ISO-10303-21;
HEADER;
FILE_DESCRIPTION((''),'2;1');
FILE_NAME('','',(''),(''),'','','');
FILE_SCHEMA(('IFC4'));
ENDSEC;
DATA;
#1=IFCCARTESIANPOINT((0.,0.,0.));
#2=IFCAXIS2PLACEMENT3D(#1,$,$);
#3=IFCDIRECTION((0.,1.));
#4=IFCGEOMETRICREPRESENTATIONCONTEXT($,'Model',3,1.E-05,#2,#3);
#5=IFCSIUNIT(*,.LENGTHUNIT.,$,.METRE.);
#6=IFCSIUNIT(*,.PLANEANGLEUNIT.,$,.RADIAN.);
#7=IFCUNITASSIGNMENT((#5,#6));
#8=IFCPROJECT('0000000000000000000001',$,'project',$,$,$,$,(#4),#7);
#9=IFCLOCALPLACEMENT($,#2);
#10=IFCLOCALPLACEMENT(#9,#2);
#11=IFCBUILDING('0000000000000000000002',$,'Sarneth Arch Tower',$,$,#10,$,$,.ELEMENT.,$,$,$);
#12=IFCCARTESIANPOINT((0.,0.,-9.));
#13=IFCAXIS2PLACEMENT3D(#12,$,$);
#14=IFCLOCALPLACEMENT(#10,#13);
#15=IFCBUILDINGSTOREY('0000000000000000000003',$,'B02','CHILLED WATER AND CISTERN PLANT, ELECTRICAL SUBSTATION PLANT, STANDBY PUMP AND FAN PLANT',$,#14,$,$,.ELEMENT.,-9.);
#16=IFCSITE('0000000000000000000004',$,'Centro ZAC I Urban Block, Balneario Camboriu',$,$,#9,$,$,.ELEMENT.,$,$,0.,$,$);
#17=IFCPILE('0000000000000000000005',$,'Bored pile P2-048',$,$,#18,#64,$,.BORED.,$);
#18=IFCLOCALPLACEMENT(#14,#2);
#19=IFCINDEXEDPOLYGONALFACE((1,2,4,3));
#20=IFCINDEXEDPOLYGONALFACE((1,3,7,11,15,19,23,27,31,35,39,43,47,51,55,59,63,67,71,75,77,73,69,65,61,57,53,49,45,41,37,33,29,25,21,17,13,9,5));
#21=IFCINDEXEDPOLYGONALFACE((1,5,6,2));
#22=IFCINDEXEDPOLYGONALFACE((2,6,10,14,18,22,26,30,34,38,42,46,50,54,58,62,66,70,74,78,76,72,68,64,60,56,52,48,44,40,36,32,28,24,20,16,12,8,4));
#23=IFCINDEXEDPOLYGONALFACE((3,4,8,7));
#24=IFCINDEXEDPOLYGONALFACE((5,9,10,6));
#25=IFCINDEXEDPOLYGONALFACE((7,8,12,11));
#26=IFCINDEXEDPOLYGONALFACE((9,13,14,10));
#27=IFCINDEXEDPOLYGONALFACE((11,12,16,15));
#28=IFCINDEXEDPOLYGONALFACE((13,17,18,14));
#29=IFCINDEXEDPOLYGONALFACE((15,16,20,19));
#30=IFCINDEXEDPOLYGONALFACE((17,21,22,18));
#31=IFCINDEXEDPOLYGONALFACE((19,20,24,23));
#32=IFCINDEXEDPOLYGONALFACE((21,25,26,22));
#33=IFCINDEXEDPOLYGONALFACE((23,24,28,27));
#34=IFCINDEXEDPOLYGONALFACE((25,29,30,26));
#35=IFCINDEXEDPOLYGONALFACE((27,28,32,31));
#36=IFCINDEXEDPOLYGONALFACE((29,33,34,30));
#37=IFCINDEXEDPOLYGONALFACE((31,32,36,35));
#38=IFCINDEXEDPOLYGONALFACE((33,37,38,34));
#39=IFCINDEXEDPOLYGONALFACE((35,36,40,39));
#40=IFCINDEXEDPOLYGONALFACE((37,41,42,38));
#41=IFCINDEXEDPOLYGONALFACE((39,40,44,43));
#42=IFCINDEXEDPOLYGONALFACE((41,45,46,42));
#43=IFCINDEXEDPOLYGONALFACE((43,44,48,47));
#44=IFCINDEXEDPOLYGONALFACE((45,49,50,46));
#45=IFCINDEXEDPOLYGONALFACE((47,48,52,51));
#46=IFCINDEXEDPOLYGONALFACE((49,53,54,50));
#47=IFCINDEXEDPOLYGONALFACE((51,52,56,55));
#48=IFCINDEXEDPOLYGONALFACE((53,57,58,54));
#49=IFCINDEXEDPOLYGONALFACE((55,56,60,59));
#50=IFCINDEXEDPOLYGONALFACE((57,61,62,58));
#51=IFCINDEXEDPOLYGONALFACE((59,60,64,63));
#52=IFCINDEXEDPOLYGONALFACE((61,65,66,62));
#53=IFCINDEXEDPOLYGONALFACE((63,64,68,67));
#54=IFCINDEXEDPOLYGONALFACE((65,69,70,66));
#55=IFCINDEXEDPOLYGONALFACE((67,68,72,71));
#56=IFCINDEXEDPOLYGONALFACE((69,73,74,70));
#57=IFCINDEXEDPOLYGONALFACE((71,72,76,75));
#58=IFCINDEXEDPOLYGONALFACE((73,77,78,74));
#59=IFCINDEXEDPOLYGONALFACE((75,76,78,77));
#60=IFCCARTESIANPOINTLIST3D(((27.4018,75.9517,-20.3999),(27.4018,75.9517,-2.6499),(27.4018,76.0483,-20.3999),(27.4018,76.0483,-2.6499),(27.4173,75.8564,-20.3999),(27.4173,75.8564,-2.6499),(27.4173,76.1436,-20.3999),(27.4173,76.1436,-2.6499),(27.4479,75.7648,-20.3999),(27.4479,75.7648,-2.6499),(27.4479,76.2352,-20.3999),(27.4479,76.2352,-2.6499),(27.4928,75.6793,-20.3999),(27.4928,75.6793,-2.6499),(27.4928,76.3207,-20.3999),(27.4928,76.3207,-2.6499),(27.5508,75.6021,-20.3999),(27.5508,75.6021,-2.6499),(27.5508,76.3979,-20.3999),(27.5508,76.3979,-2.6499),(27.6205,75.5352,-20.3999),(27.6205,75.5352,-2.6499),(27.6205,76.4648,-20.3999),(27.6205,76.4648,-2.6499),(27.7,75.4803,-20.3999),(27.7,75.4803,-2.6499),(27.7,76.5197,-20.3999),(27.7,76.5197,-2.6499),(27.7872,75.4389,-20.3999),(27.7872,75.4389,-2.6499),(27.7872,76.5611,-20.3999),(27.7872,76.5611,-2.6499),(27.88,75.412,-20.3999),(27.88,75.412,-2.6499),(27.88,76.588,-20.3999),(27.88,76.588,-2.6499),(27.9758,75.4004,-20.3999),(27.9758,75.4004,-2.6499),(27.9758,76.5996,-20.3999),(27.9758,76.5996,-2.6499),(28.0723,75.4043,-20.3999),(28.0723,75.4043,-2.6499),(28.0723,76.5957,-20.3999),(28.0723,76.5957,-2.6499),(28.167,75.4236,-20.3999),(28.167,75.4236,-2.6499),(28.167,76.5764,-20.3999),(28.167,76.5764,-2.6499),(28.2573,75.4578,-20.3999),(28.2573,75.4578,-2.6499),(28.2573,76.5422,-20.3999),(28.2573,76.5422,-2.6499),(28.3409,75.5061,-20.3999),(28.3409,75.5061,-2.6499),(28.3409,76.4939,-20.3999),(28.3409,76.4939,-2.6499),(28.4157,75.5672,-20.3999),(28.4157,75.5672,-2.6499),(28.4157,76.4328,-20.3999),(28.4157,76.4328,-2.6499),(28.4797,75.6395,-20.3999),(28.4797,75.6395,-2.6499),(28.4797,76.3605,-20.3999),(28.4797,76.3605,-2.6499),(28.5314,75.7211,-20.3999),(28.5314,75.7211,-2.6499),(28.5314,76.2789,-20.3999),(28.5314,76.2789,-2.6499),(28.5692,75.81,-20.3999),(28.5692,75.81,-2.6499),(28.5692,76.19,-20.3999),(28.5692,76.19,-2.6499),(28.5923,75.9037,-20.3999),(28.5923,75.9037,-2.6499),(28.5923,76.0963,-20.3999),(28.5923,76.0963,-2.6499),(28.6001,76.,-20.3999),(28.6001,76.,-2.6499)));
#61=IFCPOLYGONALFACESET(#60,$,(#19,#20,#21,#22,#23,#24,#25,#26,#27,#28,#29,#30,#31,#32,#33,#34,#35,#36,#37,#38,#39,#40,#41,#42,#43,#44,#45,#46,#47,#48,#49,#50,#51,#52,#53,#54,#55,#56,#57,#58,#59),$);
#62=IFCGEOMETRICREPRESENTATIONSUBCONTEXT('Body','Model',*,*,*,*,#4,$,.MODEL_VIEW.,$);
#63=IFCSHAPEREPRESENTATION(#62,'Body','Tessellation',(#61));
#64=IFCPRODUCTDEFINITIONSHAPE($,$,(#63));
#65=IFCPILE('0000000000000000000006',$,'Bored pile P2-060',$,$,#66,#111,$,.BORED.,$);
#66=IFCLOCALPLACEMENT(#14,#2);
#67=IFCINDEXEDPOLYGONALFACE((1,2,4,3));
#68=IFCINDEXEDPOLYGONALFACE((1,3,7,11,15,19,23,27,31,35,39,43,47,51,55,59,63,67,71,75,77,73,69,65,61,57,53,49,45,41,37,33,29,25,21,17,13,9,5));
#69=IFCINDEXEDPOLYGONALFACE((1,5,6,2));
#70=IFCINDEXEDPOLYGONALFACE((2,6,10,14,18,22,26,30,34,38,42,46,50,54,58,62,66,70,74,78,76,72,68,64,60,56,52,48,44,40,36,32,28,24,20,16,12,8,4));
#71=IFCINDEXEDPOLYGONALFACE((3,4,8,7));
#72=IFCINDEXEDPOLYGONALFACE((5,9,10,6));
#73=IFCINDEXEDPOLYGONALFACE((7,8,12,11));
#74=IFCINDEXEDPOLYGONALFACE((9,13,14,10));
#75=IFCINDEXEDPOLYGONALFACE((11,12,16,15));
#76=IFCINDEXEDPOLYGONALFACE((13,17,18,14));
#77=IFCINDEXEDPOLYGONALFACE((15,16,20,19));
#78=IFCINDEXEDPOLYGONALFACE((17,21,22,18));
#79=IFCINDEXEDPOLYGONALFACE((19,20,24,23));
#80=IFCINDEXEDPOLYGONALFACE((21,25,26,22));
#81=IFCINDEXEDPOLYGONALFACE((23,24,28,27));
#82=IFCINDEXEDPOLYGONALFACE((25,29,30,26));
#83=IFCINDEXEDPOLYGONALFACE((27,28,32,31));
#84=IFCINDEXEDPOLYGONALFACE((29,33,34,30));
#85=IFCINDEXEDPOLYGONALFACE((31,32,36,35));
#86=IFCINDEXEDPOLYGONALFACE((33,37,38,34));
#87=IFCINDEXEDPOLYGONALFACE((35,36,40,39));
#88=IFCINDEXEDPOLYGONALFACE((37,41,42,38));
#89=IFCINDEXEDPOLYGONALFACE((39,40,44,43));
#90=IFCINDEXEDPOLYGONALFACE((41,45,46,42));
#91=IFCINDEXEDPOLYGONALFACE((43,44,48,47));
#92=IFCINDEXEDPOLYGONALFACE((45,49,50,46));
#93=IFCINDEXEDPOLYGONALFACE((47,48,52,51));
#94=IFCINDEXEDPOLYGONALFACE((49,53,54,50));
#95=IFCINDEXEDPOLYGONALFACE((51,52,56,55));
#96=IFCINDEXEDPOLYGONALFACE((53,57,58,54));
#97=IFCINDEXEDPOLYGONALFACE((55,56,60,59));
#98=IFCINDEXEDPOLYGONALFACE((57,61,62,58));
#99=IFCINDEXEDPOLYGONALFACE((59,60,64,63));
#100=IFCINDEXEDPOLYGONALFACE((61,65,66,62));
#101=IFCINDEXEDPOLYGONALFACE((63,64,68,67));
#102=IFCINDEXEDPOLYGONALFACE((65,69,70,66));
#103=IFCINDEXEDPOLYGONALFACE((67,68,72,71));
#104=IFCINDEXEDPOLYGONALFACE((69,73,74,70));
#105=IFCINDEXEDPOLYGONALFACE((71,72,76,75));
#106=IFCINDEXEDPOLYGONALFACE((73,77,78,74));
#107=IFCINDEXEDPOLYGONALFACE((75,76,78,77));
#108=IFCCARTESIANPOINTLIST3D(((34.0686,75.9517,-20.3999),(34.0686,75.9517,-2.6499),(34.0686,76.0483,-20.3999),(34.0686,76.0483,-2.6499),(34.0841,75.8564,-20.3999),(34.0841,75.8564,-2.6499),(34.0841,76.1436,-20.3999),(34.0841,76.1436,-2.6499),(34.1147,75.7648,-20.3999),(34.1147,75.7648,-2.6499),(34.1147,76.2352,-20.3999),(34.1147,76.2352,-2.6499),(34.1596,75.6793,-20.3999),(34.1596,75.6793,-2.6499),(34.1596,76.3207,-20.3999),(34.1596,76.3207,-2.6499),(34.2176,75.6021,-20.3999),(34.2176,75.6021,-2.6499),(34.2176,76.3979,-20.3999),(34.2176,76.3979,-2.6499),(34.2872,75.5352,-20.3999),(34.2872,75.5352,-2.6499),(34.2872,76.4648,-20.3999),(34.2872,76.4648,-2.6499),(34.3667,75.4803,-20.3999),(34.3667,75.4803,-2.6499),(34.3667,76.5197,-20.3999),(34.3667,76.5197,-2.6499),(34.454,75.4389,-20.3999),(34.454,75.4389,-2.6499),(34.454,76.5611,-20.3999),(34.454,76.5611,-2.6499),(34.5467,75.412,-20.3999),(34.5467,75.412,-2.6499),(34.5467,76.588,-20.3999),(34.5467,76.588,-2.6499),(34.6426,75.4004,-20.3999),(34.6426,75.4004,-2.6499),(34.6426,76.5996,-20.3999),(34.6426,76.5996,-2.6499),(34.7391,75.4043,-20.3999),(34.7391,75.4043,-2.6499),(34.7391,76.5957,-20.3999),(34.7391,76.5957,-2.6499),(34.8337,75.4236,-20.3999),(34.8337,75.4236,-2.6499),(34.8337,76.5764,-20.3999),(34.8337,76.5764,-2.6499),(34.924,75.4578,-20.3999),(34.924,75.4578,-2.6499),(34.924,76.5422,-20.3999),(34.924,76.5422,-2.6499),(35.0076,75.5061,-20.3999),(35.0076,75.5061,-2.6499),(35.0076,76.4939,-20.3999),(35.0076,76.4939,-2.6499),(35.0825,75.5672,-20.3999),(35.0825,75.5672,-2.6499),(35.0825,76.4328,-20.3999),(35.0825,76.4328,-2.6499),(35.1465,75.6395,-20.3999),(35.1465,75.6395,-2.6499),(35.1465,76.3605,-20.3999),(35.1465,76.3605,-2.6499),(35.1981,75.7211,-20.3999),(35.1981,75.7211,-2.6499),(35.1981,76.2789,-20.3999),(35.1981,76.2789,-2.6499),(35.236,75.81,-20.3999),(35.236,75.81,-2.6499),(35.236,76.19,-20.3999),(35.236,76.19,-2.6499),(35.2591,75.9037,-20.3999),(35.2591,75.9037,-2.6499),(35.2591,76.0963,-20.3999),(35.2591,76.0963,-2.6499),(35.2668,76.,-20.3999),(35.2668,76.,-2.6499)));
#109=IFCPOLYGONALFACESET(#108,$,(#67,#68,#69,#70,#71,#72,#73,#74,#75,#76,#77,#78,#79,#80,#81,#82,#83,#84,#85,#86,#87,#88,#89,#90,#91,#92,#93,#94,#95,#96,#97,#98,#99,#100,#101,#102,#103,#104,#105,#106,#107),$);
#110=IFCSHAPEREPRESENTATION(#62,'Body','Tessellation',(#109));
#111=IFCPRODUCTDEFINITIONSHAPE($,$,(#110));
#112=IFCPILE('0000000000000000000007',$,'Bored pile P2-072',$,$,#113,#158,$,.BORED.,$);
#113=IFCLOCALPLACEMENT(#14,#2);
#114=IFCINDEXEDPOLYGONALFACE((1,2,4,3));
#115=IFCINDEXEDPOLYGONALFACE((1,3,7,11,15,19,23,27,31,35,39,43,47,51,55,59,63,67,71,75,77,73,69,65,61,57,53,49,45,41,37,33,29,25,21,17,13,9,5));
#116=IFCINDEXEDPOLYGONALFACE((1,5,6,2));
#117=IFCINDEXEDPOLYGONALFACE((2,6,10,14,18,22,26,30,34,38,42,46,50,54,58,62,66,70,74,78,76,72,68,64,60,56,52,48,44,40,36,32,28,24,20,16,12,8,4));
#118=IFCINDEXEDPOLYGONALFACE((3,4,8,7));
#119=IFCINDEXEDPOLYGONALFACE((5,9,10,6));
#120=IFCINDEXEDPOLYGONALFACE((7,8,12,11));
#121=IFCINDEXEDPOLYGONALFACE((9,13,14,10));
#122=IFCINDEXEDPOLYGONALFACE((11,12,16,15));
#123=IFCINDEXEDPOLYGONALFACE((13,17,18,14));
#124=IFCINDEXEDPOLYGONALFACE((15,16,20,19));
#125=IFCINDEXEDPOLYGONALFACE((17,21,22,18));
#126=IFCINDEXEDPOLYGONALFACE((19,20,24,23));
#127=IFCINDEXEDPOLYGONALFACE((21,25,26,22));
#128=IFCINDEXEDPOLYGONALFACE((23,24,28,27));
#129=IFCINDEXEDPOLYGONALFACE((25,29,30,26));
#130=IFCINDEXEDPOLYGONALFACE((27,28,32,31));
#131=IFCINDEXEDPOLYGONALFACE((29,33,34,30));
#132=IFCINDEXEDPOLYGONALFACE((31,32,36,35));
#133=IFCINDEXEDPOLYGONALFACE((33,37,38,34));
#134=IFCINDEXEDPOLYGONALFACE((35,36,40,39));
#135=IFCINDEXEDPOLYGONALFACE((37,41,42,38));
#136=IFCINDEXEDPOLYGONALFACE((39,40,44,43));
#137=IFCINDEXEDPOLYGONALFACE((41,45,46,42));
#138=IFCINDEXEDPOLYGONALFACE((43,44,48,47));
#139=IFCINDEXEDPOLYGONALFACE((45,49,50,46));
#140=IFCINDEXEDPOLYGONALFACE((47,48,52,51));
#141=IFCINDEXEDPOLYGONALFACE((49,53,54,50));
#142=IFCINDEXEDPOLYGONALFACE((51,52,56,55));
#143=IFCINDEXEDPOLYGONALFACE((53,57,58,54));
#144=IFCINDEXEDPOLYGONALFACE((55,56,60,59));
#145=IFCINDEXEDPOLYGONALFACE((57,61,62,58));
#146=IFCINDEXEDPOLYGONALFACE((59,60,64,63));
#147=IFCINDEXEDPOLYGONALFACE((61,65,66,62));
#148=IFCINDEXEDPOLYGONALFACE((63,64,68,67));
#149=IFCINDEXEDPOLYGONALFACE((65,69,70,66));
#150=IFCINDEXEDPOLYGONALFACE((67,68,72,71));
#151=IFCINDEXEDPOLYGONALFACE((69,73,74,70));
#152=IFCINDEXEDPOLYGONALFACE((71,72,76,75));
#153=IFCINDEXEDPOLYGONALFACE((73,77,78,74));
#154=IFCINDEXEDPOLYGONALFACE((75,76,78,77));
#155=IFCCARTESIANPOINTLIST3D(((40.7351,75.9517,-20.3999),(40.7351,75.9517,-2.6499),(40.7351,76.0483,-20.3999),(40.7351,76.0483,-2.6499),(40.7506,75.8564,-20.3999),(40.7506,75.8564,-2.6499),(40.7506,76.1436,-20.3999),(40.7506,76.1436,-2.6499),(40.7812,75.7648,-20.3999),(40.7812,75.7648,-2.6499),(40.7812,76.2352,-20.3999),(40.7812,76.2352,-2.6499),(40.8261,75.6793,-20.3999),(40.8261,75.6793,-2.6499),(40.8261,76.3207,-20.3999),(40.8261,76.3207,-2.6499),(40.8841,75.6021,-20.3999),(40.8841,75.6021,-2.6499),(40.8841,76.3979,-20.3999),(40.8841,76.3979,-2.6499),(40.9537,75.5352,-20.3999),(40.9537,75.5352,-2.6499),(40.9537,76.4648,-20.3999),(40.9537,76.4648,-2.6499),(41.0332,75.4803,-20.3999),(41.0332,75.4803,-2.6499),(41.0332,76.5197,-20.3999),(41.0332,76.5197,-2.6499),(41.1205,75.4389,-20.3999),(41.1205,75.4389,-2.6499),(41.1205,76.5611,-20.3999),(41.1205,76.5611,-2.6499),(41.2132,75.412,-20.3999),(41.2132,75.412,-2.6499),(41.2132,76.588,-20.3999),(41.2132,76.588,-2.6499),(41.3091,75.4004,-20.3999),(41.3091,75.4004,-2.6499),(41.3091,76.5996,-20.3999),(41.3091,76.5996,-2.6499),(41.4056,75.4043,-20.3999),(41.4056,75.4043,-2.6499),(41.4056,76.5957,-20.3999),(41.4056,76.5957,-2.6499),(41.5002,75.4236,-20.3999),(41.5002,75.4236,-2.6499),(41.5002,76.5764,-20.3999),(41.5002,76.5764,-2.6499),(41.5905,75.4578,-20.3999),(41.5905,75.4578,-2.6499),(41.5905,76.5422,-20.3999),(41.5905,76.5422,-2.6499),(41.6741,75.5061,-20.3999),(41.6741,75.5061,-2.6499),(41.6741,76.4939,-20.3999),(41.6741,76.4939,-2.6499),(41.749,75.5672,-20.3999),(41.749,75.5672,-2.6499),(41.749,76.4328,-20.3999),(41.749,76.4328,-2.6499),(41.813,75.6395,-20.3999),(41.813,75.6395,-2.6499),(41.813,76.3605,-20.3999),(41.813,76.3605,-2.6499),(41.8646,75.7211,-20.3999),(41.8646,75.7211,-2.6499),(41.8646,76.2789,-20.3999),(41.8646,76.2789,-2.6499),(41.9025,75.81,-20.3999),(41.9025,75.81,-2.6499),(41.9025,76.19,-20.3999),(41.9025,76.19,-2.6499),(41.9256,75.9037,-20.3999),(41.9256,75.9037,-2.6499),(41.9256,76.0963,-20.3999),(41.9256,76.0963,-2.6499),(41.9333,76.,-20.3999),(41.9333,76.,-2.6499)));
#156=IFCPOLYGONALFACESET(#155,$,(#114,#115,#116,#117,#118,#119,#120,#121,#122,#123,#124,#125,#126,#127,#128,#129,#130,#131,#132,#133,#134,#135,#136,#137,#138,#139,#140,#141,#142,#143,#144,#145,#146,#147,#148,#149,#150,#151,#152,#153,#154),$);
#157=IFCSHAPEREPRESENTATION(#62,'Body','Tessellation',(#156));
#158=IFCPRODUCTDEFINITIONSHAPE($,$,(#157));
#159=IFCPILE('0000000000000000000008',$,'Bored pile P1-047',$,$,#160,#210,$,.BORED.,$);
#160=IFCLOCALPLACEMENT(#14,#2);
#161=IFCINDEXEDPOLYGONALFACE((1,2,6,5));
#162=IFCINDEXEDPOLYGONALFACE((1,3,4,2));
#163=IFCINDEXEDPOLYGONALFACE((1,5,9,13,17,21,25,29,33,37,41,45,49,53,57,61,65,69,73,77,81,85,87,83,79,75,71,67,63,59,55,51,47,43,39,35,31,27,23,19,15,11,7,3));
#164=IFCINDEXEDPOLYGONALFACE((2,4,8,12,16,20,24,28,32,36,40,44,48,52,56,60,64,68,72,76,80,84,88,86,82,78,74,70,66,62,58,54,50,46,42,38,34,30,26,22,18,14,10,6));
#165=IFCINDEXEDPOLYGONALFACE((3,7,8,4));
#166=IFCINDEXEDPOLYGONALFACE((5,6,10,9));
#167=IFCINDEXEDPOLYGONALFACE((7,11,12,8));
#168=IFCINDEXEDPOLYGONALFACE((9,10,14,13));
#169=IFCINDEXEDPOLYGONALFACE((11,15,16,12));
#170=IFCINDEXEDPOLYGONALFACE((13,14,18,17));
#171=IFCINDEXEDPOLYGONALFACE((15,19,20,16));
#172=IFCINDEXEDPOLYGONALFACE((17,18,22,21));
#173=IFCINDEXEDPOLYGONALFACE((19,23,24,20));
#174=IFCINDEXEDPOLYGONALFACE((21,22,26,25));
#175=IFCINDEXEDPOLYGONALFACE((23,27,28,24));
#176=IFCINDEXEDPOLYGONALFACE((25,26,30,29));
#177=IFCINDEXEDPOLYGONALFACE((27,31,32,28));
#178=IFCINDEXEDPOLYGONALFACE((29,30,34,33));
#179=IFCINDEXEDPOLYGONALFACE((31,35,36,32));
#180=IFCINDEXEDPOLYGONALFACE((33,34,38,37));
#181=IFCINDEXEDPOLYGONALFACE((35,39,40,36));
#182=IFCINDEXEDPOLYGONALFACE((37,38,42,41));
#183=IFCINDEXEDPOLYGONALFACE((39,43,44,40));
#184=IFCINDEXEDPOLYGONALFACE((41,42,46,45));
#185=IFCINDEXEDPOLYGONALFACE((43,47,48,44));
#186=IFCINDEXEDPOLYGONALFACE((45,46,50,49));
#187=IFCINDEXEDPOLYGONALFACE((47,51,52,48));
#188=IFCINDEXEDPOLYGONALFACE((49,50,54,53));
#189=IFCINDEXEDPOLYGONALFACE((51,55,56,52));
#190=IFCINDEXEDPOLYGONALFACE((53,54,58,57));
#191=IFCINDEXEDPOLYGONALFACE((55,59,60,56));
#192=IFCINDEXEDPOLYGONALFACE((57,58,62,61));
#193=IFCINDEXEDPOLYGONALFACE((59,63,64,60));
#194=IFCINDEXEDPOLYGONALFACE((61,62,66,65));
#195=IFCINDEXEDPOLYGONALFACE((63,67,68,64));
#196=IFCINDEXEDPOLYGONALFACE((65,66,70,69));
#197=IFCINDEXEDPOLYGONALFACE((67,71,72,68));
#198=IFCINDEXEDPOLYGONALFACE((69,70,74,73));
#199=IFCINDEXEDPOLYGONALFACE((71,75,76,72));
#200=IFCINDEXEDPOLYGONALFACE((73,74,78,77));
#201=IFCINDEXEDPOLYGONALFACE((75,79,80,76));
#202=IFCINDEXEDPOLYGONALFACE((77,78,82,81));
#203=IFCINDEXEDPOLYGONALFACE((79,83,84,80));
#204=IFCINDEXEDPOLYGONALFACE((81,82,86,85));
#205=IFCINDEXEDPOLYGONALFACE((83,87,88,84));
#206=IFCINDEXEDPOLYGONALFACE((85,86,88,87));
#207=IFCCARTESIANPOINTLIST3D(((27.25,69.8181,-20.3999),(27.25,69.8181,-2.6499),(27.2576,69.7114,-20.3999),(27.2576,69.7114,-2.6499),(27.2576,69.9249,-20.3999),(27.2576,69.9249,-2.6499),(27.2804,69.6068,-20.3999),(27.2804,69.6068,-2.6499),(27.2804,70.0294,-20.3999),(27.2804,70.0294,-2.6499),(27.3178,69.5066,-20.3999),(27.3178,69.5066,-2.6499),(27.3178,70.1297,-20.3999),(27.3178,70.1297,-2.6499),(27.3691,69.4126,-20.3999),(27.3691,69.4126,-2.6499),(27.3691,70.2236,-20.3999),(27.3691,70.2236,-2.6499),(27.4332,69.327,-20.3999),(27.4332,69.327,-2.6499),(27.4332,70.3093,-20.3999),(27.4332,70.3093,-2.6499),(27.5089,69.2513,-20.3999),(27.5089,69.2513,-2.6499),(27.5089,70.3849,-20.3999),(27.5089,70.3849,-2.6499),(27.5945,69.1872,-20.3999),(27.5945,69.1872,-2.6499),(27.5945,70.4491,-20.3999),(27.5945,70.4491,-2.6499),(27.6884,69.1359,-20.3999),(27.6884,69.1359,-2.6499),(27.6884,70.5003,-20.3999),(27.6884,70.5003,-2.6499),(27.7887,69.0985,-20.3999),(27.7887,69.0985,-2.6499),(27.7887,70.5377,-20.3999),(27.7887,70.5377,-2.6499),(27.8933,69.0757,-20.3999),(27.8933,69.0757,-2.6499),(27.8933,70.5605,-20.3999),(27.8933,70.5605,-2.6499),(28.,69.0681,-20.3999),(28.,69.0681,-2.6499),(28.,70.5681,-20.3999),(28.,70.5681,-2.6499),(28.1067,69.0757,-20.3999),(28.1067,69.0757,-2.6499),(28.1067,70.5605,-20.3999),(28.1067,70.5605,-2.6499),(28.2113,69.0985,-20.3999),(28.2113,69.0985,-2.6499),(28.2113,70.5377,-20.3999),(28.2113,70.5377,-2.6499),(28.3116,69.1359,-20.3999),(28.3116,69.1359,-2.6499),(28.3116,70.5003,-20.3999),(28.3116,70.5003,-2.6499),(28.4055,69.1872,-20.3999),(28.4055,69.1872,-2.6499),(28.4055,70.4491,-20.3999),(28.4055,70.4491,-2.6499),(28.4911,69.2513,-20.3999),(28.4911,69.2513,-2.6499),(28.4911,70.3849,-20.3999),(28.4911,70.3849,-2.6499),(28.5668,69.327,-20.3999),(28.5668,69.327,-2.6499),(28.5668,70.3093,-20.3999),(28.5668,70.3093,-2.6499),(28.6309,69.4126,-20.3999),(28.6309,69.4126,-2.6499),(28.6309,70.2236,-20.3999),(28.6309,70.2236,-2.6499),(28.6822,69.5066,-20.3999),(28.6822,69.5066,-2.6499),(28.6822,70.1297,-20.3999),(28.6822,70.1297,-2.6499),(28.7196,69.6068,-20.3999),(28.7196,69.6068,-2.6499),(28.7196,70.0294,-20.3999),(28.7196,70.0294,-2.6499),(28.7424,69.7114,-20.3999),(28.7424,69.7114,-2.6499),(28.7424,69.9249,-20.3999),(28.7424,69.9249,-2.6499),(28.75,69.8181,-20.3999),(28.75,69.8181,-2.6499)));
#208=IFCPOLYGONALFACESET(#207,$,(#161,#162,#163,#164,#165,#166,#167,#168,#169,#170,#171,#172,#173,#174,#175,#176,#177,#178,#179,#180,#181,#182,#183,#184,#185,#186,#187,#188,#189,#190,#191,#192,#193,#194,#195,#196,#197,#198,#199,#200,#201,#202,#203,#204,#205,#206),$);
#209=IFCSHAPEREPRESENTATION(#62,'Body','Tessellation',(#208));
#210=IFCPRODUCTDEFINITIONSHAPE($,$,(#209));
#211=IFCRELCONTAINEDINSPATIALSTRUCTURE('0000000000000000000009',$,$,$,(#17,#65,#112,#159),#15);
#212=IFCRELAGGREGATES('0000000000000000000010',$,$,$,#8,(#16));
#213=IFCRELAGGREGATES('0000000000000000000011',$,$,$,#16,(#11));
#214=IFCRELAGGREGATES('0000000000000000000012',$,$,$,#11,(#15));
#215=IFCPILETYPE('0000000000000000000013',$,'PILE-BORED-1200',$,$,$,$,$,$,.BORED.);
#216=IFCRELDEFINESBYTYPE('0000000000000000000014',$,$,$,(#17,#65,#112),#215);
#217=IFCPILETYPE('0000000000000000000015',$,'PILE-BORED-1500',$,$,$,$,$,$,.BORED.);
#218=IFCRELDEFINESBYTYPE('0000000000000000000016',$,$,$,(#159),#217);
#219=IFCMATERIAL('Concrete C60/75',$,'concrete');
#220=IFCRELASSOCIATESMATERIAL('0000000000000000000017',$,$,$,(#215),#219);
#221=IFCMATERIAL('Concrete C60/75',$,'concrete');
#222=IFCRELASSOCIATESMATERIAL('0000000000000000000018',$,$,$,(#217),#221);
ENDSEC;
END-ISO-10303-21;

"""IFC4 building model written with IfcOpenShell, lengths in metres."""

from ifc_helpers import new_model, si_unit, direction, frame, origin, origin_2d, place, context, subcontext, project, spatial, circle, extrude, material, material_profile, profile_set, type_object, element, save


model = new_model("IFC4")

# Units and contexts
model_context = context("Model", 3, precision=1e-05, world=origin(), true_north=direction((0.0, 1.0)))
body_context = subcontext(model_context, "Body", "Model", "MODEL_VIEW")
ifc_project = project(units=[si_unit("LENGTHUNIT", "METRE"), si_unit("PLANEANGLEUNIT", "RADIAN")], contexts=[model_context])

# Site, building, storey
site_placement = place(None, origin())
site = spatial("IfcSite", under=ifc_project, at=site_placement, Name="Centro ZAC I Urban Block, Balneario Camboriu", CompositionType="ELEMENT", RefElevation=0.0)
building_placement = place(site_placement, origin())
building = spatial("IfcBuilding", under=site, at=building_placement, Name="Sarneth Arch Tower", CompositionType="ELEMENT")
storey_placement = place(building_placement, frame((0.0, 0.0, -9.0)))
storey = spatial("IfcBuildingStorey", under=building, at=storey_placement, Name="B02", Description="CHILLED WATER AND CISTERN PLANT, ELECTRICAL SUBSTATION PLANT, STANDBY PUMP AND FAN PLANT", CompositionType="ELEMENT", Elevation=-9.0)

# Piles
ifc_material_1 = material(Name="Concrete C60/75", Category="concrete")
ifc_material_profile_1 = material_profile(ifc_material_1, circle(Radius=0.6001, at=origin_2d()), Name="PILE-D1200")
ifc_profile_set_1 = profile_set([ifc_material_profile_1], Name="Concrete C60/75")
pile_type_1 = type_object("IfcPileType", Name="PILE-BORED-1200", PredefinedType="BORED", material=ifc_profile_set_1)
for number, where, z_axis, x_axis, name in (
    (1, (28.0, 76.0, -2.6499), (0.0, 0.0, -1.0), (1.0, 0.0, 0.0), "Bored pile P2-048"),
    (2, (34.6667, 76.0, -2.6499), (0.0, 0.0, -1.0), (1.0, 0.0, 0.0), "Bored pile P2-060"),
    (3, (41.3333, 76.0, -2.6499), (0.0, 0.0, -1.0), (1.0, 0.0, 0.0), "Bored pile P2-072"),
):
    element("IfcPile", number, at=place(storey_placement, frame(where, z_axis=z_axis, x_axis=x_axis)), inside=storey, type_object=pile_type_1, Name=name, PredefinedType="BORED", context=body_context, shape_type="SweptSolid", body=[
        extrude(circle(Radius=0.6001, at=origin_2d()), origin(), (0.0, 0.0, 1.0), 17.75),
    ])
ifc_material_2 = material(Name="Concrete C60/75", Category="concrete")
ifc_material_profile_2 = material_profile(ifc_material_2, circle(Radius=0.75, at=origin_2d()), Name="PILE-D1500")
ifc_profile_set_2 = profile_set([ifc_material_profile_2], Name="Concrete C60/75")
pile_type_2 = type_object("IfcPileType", Name="PILE-BORED-1500", PredefinedType="BORED", material=ifc_profile_set_2)
for number, where, z_axis, x_axis, name in (
    (4, (28.0, 69.8181, -2.6499), (0.0, 0.0, -1.0), (1.0, 0.0, 0.0), "Bored pile P1-047"),
):
    element("IfcPile", number, at=place(storey_placement, frame(where, z_axis=z_axis, x_axis=x_axis)), inside=storey, type_object=pile_type_2, Name=name, PredefinedType="BORED", context=body_context, shape_type="SweptSolid", body=[
        extrude(circle(Radius=0.75, at=origin_2d()), origin(), (0.0, 0.0, 1.0), 17.75),
    ])

save(model, "model.ifc")
